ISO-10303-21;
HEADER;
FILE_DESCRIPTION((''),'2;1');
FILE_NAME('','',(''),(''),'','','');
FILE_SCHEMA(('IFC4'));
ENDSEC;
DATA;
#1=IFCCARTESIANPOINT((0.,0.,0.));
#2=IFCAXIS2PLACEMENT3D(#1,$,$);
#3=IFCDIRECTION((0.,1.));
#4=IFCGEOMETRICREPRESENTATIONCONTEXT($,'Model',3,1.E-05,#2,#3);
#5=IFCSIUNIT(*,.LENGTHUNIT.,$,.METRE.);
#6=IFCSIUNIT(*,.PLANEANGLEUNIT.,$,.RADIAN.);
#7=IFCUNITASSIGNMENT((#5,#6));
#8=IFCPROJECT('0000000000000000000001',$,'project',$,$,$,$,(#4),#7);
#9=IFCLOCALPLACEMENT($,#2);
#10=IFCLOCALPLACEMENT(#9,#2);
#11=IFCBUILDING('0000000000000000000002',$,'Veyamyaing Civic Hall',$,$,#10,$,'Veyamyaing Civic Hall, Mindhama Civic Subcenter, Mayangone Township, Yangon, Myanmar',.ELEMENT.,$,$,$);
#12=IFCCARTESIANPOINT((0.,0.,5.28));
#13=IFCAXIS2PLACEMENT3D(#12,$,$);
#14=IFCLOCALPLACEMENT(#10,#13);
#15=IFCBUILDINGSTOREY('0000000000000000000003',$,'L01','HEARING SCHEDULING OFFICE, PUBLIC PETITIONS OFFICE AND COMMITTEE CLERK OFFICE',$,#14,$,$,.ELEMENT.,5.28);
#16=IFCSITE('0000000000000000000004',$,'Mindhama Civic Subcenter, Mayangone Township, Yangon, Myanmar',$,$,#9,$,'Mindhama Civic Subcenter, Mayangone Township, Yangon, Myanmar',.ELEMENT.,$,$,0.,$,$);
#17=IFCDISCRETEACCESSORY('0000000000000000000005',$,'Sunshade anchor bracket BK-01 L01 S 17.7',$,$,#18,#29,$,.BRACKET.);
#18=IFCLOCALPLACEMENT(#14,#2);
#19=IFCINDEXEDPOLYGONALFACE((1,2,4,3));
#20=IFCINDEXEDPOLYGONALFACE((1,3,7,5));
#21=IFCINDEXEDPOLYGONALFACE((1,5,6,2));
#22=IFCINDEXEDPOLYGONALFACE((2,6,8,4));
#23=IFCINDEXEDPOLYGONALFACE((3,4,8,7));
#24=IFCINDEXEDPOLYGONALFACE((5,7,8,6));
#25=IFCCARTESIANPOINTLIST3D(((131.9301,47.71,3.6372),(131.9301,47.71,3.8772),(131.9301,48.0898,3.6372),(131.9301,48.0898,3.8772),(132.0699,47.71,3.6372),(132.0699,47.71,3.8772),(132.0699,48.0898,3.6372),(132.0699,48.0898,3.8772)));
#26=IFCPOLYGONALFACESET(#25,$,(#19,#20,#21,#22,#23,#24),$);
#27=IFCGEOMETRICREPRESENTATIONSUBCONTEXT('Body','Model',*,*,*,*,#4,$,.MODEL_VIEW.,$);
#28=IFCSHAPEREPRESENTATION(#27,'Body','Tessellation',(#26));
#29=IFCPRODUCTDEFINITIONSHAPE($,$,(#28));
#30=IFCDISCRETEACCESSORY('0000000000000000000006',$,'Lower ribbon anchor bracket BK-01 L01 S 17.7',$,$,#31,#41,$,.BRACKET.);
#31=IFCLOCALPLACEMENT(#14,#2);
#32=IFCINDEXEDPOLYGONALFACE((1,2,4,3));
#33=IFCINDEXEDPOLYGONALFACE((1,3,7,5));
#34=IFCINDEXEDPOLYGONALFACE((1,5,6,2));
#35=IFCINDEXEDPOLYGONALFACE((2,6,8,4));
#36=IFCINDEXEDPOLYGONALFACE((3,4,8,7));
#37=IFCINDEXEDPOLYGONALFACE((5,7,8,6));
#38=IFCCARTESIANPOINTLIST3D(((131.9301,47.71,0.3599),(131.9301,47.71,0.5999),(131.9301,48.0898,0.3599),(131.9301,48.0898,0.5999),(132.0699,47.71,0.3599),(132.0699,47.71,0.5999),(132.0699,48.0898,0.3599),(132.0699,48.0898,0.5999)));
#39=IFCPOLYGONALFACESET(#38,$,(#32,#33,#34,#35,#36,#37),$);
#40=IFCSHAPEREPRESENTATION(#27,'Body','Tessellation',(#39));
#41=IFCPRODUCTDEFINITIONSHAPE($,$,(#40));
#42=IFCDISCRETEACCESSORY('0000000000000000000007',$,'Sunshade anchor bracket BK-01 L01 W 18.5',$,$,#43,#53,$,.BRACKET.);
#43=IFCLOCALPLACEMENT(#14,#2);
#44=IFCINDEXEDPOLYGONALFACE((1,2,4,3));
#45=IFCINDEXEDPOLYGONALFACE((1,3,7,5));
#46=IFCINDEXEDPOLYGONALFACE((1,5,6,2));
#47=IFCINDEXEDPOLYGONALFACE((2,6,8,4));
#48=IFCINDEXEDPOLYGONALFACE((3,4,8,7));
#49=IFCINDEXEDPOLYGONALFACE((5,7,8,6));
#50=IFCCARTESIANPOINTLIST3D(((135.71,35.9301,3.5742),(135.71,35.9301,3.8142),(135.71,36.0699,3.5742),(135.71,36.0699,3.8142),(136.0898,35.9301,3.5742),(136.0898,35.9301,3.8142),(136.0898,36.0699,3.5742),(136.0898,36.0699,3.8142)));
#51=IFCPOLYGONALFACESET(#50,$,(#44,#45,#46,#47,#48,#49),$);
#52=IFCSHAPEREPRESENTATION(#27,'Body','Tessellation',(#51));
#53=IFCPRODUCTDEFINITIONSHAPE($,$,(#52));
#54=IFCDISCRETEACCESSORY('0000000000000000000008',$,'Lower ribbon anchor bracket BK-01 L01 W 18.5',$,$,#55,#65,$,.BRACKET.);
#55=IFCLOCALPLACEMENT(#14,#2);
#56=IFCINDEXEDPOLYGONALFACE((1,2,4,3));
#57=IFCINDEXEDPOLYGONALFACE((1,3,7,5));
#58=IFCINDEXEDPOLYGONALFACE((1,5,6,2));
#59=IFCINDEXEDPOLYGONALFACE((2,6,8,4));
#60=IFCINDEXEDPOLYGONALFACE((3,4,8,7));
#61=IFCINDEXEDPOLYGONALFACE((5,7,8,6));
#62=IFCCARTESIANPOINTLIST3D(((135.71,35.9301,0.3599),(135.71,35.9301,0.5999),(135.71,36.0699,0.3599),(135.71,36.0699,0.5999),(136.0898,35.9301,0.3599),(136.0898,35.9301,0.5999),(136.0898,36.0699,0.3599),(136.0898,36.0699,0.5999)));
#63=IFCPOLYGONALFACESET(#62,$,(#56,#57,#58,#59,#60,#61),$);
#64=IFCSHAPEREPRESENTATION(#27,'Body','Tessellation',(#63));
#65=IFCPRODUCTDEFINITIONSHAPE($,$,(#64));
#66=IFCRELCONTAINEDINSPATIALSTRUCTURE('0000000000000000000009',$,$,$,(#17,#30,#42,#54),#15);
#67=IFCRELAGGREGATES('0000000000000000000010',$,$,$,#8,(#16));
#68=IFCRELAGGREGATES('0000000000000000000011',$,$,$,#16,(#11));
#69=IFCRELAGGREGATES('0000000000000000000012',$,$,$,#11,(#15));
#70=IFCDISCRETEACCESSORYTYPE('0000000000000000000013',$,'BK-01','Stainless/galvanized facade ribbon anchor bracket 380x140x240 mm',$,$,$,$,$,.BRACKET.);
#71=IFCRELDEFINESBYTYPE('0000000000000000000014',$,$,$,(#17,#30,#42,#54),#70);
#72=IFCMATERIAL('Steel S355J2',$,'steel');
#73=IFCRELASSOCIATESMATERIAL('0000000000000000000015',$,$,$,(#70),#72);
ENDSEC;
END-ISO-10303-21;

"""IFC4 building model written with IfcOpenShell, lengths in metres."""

from ifc_helpers import new_model, si_unit, direction, frame, origin, origin_2d, place, context, subcontext, project, spatial, rectangle, extrude, material, type_object, element, save


model = new_model("IFC4")

# Units and contexts
model_context = context("Model", 3, precision=1e-05, world=origin(), true_north=direction((0.0, 1.0)))
body_context = subcontext(model_context, "Body", "Model", "MODEL_VIEW")
ifc_project = project(units=[si_unit("LENGTHUNIT", "METRE"), si_unit("PLANEANGLEUNIT", "RADIAN")], contexts=[model_context])

# Site, building, storey
site_placement = place(None, origin())
site = spatial("IfcSite", under=ifc_project, at=site_placement, Name="Mindhama Civic Subcenter, Mayangone Township, Yangon, Myanmar", LongName="Mindhama Civic Subcenter, Mayangone Township, Yangon, Myanmar", CompositionType="ELEMENT", RefElevation=0.0)
building_placement = place(site_placement, origin())
building = spatial("IfcBuilding", under=site, at=building_placement, Name="Veyamyaing Civic Hall", LongName="Veyamyaing Civic Hall, Mindhama Civic Subcenter, Mayangone Township, Yangon, Myanmar", CompositionType="ELEMENT")
storey_placement = place(building_placement, frame((0.0, 0.0, 5.28)))
storey = spatial("IfcBuildingStorey", under=building, at=storey_placement, Name="L01", Description="HEARING SCHEDULING OFFICE, PUBLIC PETITIONS OFFICE AND COMMITTEE CLERK OFFICE", CompositionType="ELEMENT", Elevation=5.28)

# Discrete accessories
ifc_material_1 = material(Name="Steel S355J2", Category="steel")
discrete_accessory_type = type_object("IfcDiscreteAccessoryType", Name="BK-01", Description="Stainless/galvanized facade ribbon anchor bracket 380x140x240 mm", PredefinedType="BRACKET", material=ifc_material_1)
for number, where, z_axis, x_axis, name in (
    (1, (132.0, 47.8999, 3.6372), (0.0, 0.0, 1.0), (0.0, -1.0, 0.0), "Sunshade anchor bracket BK-01 L01 S 17.7"),
    (2, (132.0, 47.8999, 0.3599), (0.0, 0.0, 1.0), (0.0, -1.0, 0.0), "Lower ribbon anchor bracket BK-01 L01 S 17.7"),
    (3, (135.8999, 36.0, 3.5742), (0.0, 0.0, 1.0), (-1.0, 0.0, 0.0), "Sunshade anchor bracket BK-01 L01 W 18.5"),
    (4, (135.8999, 36.0, 0.3599), (0.0, 0.0, 1.0), (-1.0, 0.0, 0.0), "Lower ribbon anchor bracket BK-01 L01 W 18.5"),
):
    element("IfcDiscreteAccessory", number, at=place(storey_placement, frame(where, z_axis=z_axis, x_axis=x_axis)), inside=storey, type_object=discrete_accessory_type, Name=name, PredefinedType="BRACKET", context=body_context, shape_type="SweptSolid", body=[
        extrude(rectangle(XDim=0.3799, YDim=0.1399, at=origin_2d()), origin(), (0.0, 0.0, 1.0), 0.24),
    ])

save(model, "model.ifc")
